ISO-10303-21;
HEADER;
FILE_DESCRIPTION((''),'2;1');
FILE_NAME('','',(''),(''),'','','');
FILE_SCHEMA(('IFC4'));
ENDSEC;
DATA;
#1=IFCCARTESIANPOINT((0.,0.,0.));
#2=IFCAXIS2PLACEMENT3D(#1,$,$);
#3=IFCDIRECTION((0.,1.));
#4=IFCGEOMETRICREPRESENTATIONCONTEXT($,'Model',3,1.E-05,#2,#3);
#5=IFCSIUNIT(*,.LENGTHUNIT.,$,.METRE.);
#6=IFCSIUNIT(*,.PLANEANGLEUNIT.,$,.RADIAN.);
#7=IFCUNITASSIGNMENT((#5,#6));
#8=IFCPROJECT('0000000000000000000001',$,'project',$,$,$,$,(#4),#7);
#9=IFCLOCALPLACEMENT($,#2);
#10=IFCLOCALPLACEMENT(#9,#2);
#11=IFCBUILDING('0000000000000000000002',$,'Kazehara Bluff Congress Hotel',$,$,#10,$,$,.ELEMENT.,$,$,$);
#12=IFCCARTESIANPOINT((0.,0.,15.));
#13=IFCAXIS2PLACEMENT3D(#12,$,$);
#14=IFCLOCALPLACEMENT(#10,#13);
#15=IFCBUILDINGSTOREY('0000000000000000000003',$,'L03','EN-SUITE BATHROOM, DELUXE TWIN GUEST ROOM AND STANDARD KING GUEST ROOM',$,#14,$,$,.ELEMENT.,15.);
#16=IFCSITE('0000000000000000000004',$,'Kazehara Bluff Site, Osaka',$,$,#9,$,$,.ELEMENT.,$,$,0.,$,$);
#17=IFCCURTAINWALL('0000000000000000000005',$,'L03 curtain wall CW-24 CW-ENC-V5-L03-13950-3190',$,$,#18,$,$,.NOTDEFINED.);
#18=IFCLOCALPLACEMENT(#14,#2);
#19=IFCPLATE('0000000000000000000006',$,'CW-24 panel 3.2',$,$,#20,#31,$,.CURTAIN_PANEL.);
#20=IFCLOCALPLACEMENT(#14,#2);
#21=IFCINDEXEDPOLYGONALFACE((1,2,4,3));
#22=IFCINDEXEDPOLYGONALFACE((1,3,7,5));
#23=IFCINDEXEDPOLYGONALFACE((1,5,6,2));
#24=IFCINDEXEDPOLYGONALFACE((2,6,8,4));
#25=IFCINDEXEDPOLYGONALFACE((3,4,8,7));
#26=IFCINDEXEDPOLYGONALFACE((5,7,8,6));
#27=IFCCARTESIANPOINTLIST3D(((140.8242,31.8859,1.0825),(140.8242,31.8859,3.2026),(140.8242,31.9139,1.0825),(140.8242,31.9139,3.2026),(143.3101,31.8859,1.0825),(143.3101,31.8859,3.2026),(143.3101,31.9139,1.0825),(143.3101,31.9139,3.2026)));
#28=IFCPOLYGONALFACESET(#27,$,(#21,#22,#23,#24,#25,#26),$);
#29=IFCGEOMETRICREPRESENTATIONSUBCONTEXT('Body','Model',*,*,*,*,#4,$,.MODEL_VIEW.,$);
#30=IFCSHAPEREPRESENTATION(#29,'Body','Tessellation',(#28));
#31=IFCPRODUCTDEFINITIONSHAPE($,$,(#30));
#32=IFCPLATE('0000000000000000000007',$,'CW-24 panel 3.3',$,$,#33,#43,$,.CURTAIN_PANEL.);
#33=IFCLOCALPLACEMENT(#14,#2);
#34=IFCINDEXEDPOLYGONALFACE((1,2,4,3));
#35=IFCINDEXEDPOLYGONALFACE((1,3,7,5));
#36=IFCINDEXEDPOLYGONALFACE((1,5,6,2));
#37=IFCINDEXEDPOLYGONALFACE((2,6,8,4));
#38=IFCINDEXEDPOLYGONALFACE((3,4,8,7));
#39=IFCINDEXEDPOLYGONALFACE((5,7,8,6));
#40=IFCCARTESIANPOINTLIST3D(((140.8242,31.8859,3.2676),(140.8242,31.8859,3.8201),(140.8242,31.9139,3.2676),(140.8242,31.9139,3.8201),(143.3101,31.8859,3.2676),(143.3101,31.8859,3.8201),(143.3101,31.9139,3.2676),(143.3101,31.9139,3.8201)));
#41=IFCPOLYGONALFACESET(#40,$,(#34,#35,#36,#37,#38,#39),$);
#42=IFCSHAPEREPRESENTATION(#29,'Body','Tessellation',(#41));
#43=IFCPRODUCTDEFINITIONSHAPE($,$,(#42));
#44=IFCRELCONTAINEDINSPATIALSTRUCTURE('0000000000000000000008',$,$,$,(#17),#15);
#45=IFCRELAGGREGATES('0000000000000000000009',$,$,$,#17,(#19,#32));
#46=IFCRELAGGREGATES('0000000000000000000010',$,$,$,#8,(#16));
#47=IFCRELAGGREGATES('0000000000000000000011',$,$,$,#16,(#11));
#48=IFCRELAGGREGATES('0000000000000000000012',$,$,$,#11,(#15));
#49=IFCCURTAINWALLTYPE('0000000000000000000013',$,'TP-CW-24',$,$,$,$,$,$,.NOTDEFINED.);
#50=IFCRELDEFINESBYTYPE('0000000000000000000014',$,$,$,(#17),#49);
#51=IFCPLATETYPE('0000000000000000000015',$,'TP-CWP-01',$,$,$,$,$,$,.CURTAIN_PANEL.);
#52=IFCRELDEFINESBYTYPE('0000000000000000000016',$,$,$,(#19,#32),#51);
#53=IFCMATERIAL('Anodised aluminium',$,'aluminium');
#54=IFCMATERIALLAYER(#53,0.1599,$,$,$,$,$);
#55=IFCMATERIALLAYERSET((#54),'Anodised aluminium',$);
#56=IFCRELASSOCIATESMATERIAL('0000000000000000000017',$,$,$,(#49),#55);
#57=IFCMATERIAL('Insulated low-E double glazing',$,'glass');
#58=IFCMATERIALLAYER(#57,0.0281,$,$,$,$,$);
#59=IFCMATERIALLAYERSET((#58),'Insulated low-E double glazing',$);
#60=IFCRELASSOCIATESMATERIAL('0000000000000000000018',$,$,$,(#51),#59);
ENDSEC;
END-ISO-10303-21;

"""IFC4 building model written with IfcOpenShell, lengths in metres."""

from ifc_helpers import new_model, si_unit, direction, frame, origin, origin_2d, place, context, subcontext, project, spatial, rectangle, extrude, material, layer, layer_set, type_object, element, aggregate, save


model = new_model("IFC4")

# Units and contexts
model_context = context("Model", 3, precision=1e-05, world=origin(), true_north=direction((0.0, 1.0)))
body_context = subcontext(model_context, "Body", "Model", "MODEL_VIEW")
ifc_project = project(units=[si_unit("LENGTHUNIT", "METRE"), si_unit("PLANEANGLEUNIT", "RADIAN")], contexts=[model_context])

# Site, building, storey
site_placement = place(None, origin())
site = spatial("IfcSite", under=ifc_project, at=site_placement, Name="Kazehara Bluff Site, Osaka", CompositionType="ELEMENT", RefElevation=0.0)
building_placement = place(site_placement, origin())
building = spatial("IfcBuilding", under=site, at=building_placement, Name="Kazehara Bluff Congress Hotel", CompositionType="ELEMENT")
storey_placement = place(building_placement, frame((0.0, 0.0, 15.0)))
storey = spatial("IfcBuildingStorey", under=building, at=storey_placement, Name="L03", Description="EN-SUITE BATHROOM, DELUXE TWIN GUEST ROOM AND STANDARD KING GUEST ROOM", CompositionType="ELEMENT", Elevation=15.0)

# Shared definitions
ifc_material_1 = material(Name="Anodised aluminium", Category="aluminium")
ifc_layer_1 = layer(ifc_material_1, 0.1599)
ifc_layer_set_1 = layer_set([ifc_layer_1], Name="Anodised aluminium")
curtain_wall_type = type_object("IfcCurtainWallType", Name="TP-CW-24", PredefinedType="NOTDEFINED", material=ifc_layer_set_1)

# Curtain wall
curtain_wall_1_placement = place(storey_placement, origin())
curtain_wall_1 = element("IfcCurtainWall", 1, at=curtain_wall_1_placement, inside=storey, type_object=curtain_wall_type, Name="L03 curtain wall CW-24 CW-ENC-V5-L03-13950-3190", PredefinedType="NOTDEFINED")

# Plates
ifc_material_2 = material(Name="Insulated low-E double glazing", Category="glass")
ifc_layer_2 = layer(ifc_material_2, 0.0281)
ifc_layer_set_2 = layer_set([ifc_layer_2], Name="Insulated low-E double glazing")
plate_type = type_object("IfcPlateType", Name="TP-CWP-01", PredefinedType="CURTAIN_PANEL", material=ifc_layer_set_2)
plate_1_placement = place(storey_placement, frame((142.0671, 31.8999, 1.0825), z_axis=(0.0, 0.0, 1.0), x_axis=(1.0, 0.0, 0.0)))
plate_1 = element("IfcPlate", 2, at=plate_1_placement, type_object=plate_type, Name="CW-24 panel 3.2", PredefinedType="CURTAIN_PANEL", context=body_context, shape_type="SweptSolid", body=[
    extrude(rectangle(XDim=2.4858, YDim=0.0281, at=origin_2d()), origin(), (0.0, 0.0, 1.0), 2.1201),
])
plate_2_placement = place(storey_placement, frame((142.0671, 31.8999, 3.2676), z_axis=(0.0, 0.0, 1.0), x_axis=(1.0, 0.0, 0.0)))
plate_2 = element("IfcPlate", 3, at=plate_2_placement, type_object=plate_type, Name="CW-24 panel 3.3", PredefinedType="CURTAIN_PANEL", context=body_context, shape_type="SweptSolid", body=[
    extrude(rectangle(XDim=2.4858, YDim=0.0281, at=origin_2d()), origin(), (0.0, 0.0, 1.0), 0.5525),
])
aggregate(curtain_wall_1, [plate_1, plate_2])

save(model, "model.ifc")
